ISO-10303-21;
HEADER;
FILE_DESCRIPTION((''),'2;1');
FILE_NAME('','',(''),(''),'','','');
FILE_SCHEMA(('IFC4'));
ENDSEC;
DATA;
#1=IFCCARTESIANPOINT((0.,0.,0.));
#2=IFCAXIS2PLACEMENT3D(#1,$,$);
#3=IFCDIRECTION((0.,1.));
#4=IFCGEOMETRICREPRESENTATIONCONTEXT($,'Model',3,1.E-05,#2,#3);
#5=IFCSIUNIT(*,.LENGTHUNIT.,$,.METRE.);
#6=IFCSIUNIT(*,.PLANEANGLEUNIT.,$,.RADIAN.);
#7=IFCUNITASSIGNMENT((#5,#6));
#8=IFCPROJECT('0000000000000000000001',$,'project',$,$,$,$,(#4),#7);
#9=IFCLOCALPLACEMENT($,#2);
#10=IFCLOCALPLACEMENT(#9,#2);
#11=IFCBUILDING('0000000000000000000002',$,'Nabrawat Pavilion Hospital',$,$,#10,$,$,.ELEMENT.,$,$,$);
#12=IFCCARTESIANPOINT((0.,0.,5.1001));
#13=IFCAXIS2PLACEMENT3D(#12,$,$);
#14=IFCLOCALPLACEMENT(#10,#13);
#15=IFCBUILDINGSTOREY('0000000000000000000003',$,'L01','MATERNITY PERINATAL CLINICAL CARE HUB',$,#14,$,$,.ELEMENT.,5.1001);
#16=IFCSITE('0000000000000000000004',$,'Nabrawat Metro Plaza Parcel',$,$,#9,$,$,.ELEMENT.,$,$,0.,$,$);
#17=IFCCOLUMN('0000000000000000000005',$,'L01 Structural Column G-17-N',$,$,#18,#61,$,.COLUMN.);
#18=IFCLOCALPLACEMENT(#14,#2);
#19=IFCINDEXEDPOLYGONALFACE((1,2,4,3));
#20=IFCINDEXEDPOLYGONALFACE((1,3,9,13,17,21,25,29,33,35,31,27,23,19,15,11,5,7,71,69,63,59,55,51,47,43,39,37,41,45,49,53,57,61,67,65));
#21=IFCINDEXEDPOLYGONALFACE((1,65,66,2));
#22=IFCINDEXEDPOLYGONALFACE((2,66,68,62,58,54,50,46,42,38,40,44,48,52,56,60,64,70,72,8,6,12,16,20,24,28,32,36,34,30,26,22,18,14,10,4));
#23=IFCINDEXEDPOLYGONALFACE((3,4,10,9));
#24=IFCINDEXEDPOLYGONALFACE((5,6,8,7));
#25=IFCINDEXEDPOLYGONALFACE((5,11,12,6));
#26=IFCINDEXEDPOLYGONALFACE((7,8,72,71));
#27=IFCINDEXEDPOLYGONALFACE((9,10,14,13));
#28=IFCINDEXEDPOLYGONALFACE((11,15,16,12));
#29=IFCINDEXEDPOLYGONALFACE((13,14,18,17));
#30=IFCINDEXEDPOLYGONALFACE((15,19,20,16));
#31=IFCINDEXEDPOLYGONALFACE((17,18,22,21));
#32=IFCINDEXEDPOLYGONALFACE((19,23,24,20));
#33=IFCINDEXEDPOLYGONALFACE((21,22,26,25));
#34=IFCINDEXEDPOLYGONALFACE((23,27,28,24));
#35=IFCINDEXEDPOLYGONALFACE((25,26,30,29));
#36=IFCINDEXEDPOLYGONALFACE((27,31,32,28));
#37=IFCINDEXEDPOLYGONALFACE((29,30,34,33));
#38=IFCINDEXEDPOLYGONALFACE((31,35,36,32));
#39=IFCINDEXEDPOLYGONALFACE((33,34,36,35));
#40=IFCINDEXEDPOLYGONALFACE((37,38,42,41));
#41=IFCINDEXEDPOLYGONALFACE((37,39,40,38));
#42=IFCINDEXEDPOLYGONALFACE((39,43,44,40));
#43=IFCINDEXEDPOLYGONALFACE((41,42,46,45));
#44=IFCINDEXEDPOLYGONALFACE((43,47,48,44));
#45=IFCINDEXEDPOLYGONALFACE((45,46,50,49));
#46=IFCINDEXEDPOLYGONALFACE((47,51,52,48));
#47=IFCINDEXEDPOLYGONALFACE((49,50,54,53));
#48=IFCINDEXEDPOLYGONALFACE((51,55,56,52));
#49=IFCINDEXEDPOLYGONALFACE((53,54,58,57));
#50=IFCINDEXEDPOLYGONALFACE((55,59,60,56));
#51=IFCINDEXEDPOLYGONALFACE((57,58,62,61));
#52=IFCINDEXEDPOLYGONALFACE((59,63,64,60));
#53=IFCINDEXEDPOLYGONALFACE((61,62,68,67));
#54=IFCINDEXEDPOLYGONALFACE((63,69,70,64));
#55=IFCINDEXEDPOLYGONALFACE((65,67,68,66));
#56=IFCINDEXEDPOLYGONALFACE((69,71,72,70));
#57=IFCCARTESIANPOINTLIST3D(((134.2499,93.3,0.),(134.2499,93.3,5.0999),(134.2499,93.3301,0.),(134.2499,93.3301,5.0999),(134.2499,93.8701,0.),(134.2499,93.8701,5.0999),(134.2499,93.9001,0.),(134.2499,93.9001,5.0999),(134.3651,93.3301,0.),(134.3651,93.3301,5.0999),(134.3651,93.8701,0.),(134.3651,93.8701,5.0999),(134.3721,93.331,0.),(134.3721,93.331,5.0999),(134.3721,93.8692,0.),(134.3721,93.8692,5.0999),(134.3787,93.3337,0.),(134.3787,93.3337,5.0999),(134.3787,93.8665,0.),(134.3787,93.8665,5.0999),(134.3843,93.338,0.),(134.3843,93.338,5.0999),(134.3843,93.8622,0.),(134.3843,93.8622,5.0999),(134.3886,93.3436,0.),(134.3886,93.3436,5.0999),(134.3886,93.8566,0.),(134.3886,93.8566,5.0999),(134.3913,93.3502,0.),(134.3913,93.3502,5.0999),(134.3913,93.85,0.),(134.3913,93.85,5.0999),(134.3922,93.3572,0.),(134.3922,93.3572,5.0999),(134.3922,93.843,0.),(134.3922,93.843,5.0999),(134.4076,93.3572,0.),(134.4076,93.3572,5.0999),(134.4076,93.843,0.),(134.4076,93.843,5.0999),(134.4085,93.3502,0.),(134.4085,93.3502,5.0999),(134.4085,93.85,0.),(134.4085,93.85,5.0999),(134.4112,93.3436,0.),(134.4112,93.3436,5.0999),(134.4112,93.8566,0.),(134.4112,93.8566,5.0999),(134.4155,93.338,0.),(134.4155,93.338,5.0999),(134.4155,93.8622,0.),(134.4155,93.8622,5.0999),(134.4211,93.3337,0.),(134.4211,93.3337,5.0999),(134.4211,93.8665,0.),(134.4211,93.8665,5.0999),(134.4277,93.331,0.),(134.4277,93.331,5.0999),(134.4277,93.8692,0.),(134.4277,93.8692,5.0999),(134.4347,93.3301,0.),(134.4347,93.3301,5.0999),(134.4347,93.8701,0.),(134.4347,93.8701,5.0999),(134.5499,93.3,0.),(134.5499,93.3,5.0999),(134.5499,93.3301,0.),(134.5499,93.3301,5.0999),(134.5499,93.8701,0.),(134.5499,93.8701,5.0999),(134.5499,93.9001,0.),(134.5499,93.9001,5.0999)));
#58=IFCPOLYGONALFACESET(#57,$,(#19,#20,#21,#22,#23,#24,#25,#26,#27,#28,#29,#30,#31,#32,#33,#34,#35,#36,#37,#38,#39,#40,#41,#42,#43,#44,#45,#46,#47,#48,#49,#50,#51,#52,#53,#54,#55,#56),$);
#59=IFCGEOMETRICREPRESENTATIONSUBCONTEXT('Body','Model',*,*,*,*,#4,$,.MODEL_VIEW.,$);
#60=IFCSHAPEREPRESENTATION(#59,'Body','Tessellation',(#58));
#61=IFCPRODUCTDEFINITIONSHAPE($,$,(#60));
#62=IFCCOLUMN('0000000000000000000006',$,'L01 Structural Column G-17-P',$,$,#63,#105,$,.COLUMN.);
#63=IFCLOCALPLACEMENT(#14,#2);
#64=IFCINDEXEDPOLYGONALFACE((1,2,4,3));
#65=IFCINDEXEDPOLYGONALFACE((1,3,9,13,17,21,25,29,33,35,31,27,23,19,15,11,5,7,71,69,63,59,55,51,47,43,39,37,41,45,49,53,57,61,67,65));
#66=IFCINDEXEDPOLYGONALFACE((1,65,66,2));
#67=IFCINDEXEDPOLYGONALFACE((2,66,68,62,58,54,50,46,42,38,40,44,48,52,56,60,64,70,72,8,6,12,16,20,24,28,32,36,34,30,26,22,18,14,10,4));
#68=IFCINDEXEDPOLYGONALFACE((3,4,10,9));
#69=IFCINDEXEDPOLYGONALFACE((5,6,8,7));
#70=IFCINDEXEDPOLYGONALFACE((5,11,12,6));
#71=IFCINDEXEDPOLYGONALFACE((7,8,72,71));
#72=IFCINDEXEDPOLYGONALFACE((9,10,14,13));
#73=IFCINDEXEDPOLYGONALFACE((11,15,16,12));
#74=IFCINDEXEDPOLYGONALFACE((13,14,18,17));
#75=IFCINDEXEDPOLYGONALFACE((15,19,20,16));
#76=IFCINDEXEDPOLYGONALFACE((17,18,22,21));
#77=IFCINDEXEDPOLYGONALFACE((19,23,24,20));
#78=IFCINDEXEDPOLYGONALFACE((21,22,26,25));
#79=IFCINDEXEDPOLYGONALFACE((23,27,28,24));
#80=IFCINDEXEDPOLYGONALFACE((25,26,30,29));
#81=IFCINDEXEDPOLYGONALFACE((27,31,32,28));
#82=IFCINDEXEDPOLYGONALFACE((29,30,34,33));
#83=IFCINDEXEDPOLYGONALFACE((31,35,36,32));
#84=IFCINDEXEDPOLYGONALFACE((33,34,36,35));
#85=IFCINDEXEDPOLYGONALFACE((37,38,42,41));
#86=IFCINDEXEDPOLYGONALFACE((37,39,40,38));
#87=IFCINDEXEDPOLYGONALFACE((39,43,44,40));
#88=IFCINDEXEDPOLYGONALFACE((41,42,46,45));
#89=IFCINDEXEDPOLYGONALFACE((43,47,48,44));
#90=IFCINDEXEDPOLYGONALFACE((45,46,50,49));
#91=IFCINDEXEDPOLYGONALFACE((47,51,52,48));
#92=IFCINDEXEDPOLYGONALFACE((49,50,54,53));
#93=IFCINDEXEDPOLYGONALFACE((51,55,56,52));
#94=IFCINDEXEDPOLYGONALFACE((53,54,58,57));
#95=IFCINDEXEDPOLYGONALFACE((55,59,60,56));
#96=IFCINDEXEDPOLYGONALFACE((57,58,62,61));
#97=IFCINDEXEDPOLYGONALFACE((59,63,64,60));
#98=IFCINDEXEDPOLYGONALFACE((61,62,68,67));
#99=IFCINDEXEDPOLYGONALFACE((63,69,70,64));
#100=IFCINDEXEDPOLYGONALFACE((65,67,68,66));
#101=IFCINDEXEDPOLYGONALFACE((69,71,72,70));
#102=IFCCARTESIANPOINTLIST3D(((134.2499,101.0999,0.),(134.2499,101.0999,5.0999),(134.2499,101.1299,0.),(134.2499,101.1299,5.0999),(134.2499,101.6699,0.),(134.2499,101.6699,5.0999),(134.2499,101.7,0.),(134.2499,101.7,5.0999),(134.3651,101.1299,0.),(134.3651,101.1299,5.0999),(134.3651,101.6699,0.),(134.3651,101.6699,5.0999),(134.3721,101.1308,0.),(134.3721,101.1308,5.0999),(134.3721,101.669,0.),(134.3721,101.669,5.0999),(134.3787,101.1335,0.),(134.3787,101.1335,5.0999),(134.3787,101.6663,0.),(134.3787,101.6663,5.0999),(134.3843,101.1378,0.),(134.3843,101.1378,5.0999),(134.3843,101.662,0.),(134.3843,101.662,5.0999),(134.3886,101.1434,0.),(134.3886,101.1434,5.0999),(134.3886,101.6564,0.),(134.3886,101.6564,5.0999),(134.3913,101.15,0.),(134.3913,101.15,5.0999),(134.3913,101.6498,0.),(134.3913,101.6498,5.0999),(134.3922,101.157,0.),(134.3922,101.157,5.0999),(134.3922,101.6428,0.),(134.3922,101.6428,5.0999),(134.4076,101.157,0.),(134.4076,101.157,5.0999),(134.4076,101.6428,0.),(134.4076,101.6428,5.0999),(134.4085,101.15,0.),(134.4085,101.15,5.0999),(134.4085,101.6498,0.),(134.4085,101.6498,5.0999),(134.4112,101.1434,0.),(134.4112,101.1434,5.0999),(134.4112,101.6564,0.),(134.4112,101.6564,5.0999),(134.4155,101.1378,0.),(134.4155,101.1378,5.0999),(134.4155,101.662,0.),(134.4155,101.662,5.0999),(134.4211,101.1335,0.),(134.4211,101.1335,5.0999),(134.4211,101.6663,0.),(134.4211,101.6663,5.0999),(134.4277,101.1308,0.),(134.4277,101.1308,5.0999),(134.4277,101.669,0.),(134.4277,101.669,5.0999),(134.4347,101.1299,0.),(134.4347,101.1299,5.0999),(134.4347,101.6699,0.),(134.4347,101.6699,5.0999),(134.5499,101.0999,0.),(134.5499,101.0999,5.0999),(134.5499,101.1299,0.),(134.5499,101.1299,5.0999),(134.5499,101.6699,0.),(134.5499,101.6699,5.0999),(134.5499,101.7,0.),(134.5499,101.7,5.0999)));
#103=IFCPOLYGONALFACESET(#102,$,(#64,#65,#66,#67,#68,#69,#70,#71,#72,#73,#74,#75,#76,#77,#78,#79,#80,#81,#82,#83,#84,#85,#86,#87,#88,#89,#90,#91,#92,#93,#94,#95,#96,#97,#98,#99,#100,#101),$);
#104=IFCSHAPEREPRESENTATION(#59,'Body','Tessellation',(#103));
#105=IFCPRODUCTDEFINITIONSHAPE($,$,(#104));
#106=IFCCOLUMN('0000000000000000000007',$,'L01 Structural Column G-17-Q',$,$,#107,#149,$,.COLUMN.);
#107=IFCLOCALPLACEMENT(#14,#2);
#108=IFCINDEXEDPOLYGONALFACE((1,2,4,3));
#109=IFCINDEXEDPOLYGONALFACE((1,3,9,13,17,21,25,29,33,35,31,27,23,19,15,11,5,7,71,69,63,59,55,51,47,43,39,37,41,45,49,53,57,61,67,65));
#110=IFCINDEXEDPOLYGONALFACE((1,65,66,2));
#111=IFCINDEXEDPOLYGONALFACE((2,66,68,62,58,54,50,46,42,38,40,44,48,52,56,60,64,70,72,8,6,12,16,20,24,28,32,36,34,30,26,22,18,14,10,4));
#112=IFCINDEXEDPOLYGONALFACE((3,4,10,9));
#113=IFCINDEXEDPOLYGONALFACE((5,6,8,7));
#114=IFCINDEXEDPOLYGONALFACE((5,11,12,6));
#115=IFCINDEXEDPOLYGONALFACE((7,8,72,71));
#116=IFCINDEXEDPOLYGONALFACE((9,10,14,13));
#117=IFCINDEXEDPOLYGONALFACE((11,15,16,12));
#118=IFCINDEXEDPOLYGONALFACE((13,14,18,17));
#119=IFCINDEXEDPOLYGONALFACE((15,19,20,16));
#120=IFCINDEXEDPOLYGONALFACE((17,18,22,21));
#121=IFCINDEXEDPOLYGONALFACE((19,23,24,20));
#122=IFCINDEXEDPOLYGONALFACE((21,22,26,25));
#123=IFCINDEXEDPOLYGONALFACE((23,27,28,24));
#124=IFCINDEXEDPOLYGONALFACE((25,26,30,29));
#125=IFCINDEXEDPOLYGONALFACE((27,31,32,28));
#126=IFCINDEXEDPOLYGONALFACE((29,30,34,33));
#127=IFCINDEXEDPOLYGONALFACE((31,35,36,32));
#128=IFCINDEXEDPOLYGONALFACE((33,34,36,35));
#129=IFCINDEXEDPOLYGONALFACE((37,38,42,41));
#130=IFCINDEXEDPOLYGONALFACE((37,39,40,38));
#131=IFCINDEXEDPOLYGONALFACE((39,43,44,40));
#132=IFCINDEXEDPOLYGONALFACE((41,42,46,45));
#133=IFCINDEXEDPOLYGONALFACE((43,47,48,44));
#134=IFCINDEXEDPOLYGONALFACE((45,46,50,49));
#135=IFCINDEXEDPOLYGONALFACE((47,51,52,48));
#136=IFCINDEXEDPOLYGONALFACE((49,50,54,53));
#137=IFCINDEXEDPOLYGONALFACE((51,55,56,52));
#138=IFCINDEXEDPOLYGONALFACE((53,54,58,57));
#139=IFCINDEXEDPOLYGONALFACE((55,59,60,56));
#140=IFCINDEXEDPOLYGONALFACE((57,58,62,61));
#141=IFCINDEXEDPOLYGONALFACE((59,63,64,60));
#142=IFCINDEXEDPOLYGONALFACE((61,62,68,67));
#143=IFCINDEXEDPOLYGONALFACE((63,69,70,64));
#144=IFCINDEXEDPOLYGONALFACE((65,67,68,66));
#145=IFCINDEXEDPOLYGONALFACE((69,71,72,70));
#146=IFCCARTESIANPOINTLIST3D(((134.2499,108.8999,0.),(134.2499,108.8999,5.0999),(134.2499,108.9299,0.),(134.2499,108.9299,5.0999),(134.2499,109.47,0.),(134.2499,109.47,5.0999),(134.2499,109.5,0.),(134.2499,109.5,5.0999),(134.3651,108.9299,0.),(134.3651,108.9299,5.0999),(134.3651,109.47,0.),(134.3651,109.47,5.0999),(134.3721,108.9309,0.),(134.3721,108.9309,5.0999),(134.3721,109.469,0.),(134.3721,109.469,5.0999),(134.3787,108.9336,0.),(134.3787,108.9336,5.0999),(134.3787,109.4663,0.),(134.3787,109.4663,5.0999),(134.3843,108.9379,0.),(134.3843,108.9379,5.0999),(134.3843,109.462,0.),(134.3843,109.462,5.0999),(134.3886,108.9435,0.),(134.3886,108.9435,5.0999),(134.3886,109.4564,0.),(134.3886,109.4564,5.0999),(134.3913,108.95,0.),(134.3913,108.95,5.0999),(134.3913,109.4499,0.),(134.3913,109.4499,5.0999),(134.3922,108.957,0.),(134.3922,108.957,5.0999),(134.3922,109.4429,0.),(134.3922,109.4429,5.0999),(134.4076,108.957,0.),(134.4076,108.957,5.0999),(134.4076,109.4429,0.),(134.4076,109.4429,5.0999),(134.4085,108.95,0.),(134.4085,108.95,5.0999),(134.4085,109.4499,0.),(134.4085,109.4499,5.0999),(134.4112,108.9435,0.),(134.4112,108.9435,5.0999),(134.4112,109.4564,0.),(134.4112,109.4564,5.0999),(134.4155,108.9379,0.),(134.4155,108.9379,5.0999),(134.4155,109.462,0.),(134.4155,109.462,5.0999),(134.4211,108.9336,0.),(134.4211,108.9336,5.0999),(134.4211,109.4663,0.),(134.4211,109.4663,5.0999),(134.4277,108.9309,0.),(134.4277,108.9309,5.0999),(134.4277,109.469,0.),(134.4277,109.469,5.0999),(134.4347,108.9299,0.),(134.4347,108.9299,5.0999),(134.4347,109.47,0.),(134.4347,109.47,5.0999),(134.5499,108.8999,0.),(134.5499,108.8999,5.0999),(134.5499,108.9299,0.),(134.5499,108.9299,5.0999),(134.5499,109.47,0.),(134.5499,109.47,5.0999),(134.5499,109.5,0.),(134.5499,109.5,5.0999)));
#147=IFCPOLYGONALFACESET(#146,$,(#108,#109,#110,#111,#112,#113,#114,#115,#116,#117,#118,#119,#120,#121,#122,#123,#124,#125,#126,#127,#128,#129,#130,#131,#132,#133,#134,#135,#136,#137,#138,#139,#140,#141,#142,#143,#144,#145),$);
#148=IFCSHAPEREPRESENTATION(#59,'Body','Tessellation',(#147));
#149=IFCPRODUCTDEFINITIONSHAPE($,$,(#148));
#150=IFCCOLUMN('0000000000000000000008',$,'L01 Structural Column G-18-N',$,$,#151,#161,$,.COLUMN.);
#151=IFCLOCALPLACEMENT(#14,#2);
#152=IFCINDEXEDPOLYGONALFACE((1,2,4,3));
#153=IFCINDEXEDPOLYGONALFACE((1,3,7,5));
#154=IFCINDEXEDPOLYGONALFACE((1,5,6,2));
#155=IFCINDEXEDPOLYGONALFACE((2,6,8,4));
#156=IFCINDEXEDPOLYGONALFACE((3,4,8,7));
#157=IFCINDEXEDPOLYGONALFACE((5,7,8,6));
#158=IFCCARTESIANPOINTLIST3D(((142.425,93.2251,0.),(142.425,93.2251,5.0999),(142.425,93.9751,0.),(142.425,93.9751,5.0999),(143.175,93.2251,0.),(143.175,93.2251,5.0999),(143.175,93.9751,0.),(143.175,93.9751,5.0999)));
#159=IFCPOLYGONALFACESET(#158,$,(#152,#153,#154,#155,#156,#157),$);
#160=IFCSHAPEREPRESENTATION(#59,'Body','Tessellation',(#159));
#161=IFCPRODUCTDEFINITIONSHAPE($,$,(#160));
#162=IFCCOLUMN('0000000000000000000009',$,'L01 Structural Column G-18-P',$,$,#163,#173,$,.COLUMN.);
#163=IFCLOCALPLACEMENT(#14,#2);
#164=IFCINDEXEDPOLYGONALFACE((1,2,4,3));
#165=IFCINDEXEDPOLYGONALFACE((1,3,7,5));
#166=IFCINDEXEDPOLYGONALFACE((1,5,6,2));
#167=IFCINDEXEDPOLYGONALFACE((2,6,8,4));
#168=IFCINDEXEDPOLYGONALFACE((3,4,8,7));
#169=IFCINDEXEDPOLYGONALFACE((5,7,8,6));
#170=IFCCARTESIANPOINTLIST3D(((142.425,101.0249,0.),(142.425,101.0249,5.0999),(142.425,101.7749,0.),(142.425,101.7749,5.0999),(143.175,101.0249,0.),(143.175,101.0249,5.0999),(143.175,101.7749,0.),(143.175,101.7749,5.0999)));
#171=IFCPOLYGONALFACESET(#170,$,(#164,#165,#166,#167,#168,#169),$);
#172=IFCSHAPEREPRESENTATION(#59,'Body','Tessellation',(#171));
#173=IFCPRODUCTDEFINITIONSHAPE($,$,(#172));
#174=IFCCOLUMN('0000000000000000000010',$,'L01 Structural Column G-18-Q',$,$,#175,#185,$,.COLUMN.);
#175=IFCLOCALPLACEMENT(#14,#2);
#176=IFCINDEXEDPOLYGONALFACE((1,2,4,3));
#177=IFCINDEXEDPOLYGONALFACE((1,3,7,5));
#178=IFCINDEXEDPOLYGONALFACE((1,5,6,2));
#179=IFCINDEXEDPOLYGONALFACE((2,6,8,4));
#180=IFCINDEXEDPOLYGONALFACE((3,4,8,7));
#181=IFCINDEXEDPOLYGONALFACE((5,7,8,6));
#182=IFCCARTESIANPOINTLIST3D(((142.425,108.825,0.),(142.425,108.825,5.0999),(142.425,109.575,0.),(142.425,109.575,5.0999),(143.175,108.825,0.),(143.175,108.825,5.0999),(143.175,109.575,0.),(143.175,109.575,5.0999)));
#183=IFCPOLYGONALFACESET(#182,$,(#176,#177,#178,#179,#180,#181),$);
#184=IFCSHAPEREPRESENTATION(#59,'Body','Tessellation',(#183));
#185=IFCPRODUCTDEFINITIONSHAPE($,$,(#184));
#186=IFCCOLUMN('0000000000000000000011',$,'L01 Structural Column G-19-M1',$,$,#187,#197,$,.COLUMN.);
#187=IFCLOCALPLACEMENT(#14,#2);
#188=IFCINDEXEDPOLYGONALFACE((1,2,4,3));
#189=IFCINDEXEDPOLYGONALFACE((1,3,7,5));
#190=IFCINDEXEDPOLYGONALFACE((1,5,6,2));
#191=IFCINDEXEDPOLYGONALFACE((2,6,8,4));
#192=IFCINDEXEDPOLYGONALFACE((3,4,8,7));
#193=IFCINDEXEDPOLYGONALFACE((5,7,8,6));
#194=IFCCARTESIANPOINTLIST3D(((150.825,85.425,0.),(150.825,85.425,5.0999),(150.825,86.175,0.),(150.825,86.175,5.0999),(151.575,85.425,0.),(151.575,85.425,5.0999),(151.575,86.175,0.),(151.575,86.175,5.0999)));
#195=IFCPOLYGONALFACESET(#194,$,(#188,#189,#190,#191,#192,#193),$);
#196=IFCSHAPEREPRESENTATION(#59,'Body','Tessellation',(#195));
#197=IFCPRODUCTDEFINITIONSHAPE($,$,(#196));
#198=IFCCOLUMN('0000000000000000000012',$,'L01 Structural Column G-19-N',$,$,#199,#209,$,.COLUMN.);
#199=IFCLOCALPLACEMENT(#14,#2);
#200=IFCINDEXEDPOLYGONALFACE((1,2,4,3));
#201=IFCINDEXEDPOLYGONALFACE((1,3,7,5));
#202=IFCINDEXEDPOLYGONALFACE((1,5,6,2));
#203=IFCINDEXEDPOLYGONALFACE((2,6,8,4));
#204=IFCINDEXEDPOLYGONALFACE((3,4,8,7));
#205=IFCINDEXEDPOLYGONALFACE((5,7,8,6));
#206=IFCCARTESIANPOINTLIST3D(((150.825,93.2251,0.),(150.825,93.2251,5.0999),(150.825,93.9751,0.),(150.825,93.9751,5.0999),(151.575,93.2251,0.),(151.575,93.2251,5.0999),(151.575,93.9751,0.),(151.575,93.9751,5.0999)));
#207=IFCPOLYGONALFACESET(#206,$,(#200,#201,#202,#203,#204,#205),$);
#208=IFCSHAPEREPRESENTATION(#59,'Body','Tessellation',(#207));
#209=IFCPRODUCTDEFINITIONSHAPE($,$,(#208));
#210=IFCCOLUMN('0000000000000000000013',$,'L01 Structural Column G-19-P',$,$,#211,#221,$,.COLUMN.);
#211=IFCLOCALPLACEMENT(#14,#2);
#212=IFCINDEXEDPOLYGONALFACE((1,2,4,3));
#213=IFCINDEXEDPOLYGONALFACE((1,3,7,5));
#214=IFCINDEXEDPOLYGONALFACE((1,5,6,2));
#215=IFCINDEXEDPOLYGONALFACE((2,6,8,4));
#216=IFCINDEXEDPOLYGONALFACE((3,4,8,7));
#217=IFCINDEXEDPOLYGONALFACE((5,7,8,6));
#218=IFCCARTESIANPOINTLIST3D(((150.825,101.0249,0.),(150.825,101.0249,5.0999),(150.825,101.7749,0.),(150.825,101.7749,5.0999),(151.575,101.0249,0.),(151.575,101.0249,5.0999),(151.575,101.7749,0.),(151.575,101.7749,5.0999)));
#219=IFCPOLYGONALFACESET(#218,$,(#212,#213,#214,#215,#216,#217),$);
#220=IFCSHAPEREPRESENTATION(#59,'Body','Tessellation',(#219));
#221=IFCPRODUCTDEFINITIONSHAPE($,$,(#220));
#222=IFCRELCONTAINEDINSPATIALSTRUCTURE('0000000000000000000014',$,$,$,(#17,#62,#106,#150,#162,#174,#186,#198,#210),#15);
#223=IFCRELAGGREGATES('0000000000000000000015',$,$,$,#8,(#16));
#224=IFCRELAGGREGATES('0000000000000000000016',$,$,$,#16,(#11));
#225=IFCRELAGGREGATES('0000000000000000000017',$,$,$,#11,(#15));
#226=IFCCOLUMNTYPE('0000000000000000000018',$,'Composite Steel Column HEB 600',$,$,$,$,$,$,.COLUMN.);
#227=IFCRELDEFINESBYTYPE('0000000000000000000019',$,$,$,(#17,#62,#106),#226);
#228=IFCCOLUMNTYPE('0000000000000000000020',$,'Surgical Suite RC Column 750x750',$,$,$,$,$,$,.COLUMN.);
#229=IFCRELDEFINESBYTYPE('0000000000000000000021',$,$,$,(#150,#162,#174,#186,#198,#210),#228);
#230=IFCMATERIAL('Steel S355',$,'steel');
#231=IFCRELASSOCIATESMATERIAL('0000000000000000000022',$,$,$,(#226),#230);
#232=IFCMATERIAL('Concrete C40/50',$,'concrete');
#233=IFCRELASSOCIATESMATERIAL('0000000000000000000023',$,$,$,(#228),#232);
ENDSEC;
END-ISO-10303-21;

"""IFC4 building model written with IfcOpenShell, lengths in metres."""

from ifc_helpers import new_model, si_unit, direction, frame, origin, origin_2d, place, context, subcontext, project, spatial, rectangle, i_section, extrude, material, material_profile, profile_set, type_object, element, save


model = new_model("IFC4")

# Units and contexts
model_context = context("Model", 3, precision=1e-05, world=origin(), true_north=direction((0.0, 1.0)))
body_context = subcontext(model_context, "Body", "Model", "MODEL_VIEW")
ifc_project = project(units=[si_unit("LENGTHUNIT", "METRE"), si_unit("PLANEANGLEUNIT", "RADIAN")], contexts=[model_context])

# Site, building, storey
site_placement = place(None, origin())
site = spatial("IfcSite", under=ifc_project, at=site_placement, Name="Nabrawat Metro Plaza Parcel", CompositionType="ELEMENT", RefElevation=0.0)
building_placement = place(site_placement, origin())
building = spatial("IfcBuilding", under=site, at=building_placement, Name="Nabrawat Pavilion Hospital", CompositionType="ELEMENT")
storey_placement = place(building_placement, frame((0.0, 0.0, 5.1001)))
storey = spatial("IfcBuildingStorey", under=building, at=storey_placement, Name="L01", Description="MATERNITY PERINATAL CLINICAL CARE HUB", CompositionType="ELEMENT", Elevation=5.1001)

# Columns
ifc_material_1 = material(Name="Steel S355", Category="steel")
ifc_material_profile_1 = material_profile(ifc_material_1, i_section(OverallWidth=0.3, OverallDepth=0.6001, WebThickness=0.0154, FlangeThickness=0.03, FilletRadius=0.0271, at=origin_2d()), Name="HEB 600")
ifc_profile_set_1 = profile_set([ifc_material_profile_1], Name="Steel S355")
column_type_1 = type_object("IfcColumnType", Name="Composite Steel Column HEB 600", PredefinedType="COLUMN", material=ifc_profile_set_1)
for number, where, z_axis, x_axis, name in (
    (1, (134.3999, 93.6001, 0.0), (0.0, 0.0, 1.0), (1.0, 0.0, 0.0), "L01 Structural Column G-17-N"),
    (2, (134.3999, 101.3999, 0.0), (0.0, 0.0, 1.0), (1.0, 0.0, 0.0), "L01 Structural Column G-17-P"),
    (3, (134.3999, 109.2, 0.0), (0.0, 0.0, 1.0), (1.0, 0.0, 0.0), "L01 Structural Column G-17-Q"),
):
    element("IfcColumn", number, at=place(storey_placement, frame(where, z_axis=z_axis, x_axis=x_axis)), inside=storey, type_object=column_type_1, Name=name, PredefinedType="COLUMN", context=body_context, shape_type="SweptSolid", body=[
        extrude(i_section(OverallWidth=0.3, OverallDepth=0.6001, WebThickness=0.0154, FlangeThickness=0.03, FilletRadius=0.0271, at=origin_2d()), origin(), (0.0, 0.0, 1.0), 5.0999),
    ])
ifc_material_2 = material(Name="Concrete C40/50", Category="concrete")
ifc_material_profile_2 = material_profile(ifc_material_2, rectangle(XDim=0.75, YDim=0.75, at=origin_2d()), Name="RC 750x750")
ifc_profile_set_2 = profile_set([ifc_material_profile_2], Name="Concrete C40/50")
column_type_2 = type_object("IfcColumnType", Name="Surgical Suite RC Column 750x750", PredefinedType="COLUMN", material=ifc_profile_set_2)
for number, where, z_axis, x_axis, name in (
    (4, (142.8, 93.6001, 0.0), (0.0, 0.0, 1.0), (1.0, 0.0, 0.0), "L01 Structural Column G-18-N"),
    (5, (142.8, 101.3999, 0.0), (0.0, 0.0, 1.0), (1.0, 0.0, 0.0), "L01 Structural Column G-18-P"),
    (6, (142.8, 109.2, 0.0), (0.0, 0.0, 1.0), (1.0, 0.0, 0.0), "L01 Structural Column G-18-Q"),
    (7, (151.2, 85.8, 0.0), (0.0, 0.0, 1.0), (1.0, 0.0, 0.0), "L01 Structural Column G-19-M1"),
    (8, (151.2, 93.6001, 0.0), (0.0, 0.0, 1.0), (1.0, 0.0, 0.0), "L01 Structural Column G-19-N"),
    (9, (151.2, 101.3999, 0.0), (0.0, 0.0, 1.0), (1.0, 0.0, 0.0), "L01 Structural Column G-19-P"),
):
    element("IfcColumn", number, at=place(storey_placement, frame(where, z_axis=z_axis, x_axis=x_axis)), inside=storey, type_object=column_type_2, Name=name, PredefinedType="COLUMN", context=body_context, shape_type="SweptSolid", body=[
        extrude(rectangle(XDim=0.75, YDim=0.75, at=origin_2d()), origin(), (0.0, 0.0, 1.0), 5.0999),
    ])

save(model, "model.ifc")
